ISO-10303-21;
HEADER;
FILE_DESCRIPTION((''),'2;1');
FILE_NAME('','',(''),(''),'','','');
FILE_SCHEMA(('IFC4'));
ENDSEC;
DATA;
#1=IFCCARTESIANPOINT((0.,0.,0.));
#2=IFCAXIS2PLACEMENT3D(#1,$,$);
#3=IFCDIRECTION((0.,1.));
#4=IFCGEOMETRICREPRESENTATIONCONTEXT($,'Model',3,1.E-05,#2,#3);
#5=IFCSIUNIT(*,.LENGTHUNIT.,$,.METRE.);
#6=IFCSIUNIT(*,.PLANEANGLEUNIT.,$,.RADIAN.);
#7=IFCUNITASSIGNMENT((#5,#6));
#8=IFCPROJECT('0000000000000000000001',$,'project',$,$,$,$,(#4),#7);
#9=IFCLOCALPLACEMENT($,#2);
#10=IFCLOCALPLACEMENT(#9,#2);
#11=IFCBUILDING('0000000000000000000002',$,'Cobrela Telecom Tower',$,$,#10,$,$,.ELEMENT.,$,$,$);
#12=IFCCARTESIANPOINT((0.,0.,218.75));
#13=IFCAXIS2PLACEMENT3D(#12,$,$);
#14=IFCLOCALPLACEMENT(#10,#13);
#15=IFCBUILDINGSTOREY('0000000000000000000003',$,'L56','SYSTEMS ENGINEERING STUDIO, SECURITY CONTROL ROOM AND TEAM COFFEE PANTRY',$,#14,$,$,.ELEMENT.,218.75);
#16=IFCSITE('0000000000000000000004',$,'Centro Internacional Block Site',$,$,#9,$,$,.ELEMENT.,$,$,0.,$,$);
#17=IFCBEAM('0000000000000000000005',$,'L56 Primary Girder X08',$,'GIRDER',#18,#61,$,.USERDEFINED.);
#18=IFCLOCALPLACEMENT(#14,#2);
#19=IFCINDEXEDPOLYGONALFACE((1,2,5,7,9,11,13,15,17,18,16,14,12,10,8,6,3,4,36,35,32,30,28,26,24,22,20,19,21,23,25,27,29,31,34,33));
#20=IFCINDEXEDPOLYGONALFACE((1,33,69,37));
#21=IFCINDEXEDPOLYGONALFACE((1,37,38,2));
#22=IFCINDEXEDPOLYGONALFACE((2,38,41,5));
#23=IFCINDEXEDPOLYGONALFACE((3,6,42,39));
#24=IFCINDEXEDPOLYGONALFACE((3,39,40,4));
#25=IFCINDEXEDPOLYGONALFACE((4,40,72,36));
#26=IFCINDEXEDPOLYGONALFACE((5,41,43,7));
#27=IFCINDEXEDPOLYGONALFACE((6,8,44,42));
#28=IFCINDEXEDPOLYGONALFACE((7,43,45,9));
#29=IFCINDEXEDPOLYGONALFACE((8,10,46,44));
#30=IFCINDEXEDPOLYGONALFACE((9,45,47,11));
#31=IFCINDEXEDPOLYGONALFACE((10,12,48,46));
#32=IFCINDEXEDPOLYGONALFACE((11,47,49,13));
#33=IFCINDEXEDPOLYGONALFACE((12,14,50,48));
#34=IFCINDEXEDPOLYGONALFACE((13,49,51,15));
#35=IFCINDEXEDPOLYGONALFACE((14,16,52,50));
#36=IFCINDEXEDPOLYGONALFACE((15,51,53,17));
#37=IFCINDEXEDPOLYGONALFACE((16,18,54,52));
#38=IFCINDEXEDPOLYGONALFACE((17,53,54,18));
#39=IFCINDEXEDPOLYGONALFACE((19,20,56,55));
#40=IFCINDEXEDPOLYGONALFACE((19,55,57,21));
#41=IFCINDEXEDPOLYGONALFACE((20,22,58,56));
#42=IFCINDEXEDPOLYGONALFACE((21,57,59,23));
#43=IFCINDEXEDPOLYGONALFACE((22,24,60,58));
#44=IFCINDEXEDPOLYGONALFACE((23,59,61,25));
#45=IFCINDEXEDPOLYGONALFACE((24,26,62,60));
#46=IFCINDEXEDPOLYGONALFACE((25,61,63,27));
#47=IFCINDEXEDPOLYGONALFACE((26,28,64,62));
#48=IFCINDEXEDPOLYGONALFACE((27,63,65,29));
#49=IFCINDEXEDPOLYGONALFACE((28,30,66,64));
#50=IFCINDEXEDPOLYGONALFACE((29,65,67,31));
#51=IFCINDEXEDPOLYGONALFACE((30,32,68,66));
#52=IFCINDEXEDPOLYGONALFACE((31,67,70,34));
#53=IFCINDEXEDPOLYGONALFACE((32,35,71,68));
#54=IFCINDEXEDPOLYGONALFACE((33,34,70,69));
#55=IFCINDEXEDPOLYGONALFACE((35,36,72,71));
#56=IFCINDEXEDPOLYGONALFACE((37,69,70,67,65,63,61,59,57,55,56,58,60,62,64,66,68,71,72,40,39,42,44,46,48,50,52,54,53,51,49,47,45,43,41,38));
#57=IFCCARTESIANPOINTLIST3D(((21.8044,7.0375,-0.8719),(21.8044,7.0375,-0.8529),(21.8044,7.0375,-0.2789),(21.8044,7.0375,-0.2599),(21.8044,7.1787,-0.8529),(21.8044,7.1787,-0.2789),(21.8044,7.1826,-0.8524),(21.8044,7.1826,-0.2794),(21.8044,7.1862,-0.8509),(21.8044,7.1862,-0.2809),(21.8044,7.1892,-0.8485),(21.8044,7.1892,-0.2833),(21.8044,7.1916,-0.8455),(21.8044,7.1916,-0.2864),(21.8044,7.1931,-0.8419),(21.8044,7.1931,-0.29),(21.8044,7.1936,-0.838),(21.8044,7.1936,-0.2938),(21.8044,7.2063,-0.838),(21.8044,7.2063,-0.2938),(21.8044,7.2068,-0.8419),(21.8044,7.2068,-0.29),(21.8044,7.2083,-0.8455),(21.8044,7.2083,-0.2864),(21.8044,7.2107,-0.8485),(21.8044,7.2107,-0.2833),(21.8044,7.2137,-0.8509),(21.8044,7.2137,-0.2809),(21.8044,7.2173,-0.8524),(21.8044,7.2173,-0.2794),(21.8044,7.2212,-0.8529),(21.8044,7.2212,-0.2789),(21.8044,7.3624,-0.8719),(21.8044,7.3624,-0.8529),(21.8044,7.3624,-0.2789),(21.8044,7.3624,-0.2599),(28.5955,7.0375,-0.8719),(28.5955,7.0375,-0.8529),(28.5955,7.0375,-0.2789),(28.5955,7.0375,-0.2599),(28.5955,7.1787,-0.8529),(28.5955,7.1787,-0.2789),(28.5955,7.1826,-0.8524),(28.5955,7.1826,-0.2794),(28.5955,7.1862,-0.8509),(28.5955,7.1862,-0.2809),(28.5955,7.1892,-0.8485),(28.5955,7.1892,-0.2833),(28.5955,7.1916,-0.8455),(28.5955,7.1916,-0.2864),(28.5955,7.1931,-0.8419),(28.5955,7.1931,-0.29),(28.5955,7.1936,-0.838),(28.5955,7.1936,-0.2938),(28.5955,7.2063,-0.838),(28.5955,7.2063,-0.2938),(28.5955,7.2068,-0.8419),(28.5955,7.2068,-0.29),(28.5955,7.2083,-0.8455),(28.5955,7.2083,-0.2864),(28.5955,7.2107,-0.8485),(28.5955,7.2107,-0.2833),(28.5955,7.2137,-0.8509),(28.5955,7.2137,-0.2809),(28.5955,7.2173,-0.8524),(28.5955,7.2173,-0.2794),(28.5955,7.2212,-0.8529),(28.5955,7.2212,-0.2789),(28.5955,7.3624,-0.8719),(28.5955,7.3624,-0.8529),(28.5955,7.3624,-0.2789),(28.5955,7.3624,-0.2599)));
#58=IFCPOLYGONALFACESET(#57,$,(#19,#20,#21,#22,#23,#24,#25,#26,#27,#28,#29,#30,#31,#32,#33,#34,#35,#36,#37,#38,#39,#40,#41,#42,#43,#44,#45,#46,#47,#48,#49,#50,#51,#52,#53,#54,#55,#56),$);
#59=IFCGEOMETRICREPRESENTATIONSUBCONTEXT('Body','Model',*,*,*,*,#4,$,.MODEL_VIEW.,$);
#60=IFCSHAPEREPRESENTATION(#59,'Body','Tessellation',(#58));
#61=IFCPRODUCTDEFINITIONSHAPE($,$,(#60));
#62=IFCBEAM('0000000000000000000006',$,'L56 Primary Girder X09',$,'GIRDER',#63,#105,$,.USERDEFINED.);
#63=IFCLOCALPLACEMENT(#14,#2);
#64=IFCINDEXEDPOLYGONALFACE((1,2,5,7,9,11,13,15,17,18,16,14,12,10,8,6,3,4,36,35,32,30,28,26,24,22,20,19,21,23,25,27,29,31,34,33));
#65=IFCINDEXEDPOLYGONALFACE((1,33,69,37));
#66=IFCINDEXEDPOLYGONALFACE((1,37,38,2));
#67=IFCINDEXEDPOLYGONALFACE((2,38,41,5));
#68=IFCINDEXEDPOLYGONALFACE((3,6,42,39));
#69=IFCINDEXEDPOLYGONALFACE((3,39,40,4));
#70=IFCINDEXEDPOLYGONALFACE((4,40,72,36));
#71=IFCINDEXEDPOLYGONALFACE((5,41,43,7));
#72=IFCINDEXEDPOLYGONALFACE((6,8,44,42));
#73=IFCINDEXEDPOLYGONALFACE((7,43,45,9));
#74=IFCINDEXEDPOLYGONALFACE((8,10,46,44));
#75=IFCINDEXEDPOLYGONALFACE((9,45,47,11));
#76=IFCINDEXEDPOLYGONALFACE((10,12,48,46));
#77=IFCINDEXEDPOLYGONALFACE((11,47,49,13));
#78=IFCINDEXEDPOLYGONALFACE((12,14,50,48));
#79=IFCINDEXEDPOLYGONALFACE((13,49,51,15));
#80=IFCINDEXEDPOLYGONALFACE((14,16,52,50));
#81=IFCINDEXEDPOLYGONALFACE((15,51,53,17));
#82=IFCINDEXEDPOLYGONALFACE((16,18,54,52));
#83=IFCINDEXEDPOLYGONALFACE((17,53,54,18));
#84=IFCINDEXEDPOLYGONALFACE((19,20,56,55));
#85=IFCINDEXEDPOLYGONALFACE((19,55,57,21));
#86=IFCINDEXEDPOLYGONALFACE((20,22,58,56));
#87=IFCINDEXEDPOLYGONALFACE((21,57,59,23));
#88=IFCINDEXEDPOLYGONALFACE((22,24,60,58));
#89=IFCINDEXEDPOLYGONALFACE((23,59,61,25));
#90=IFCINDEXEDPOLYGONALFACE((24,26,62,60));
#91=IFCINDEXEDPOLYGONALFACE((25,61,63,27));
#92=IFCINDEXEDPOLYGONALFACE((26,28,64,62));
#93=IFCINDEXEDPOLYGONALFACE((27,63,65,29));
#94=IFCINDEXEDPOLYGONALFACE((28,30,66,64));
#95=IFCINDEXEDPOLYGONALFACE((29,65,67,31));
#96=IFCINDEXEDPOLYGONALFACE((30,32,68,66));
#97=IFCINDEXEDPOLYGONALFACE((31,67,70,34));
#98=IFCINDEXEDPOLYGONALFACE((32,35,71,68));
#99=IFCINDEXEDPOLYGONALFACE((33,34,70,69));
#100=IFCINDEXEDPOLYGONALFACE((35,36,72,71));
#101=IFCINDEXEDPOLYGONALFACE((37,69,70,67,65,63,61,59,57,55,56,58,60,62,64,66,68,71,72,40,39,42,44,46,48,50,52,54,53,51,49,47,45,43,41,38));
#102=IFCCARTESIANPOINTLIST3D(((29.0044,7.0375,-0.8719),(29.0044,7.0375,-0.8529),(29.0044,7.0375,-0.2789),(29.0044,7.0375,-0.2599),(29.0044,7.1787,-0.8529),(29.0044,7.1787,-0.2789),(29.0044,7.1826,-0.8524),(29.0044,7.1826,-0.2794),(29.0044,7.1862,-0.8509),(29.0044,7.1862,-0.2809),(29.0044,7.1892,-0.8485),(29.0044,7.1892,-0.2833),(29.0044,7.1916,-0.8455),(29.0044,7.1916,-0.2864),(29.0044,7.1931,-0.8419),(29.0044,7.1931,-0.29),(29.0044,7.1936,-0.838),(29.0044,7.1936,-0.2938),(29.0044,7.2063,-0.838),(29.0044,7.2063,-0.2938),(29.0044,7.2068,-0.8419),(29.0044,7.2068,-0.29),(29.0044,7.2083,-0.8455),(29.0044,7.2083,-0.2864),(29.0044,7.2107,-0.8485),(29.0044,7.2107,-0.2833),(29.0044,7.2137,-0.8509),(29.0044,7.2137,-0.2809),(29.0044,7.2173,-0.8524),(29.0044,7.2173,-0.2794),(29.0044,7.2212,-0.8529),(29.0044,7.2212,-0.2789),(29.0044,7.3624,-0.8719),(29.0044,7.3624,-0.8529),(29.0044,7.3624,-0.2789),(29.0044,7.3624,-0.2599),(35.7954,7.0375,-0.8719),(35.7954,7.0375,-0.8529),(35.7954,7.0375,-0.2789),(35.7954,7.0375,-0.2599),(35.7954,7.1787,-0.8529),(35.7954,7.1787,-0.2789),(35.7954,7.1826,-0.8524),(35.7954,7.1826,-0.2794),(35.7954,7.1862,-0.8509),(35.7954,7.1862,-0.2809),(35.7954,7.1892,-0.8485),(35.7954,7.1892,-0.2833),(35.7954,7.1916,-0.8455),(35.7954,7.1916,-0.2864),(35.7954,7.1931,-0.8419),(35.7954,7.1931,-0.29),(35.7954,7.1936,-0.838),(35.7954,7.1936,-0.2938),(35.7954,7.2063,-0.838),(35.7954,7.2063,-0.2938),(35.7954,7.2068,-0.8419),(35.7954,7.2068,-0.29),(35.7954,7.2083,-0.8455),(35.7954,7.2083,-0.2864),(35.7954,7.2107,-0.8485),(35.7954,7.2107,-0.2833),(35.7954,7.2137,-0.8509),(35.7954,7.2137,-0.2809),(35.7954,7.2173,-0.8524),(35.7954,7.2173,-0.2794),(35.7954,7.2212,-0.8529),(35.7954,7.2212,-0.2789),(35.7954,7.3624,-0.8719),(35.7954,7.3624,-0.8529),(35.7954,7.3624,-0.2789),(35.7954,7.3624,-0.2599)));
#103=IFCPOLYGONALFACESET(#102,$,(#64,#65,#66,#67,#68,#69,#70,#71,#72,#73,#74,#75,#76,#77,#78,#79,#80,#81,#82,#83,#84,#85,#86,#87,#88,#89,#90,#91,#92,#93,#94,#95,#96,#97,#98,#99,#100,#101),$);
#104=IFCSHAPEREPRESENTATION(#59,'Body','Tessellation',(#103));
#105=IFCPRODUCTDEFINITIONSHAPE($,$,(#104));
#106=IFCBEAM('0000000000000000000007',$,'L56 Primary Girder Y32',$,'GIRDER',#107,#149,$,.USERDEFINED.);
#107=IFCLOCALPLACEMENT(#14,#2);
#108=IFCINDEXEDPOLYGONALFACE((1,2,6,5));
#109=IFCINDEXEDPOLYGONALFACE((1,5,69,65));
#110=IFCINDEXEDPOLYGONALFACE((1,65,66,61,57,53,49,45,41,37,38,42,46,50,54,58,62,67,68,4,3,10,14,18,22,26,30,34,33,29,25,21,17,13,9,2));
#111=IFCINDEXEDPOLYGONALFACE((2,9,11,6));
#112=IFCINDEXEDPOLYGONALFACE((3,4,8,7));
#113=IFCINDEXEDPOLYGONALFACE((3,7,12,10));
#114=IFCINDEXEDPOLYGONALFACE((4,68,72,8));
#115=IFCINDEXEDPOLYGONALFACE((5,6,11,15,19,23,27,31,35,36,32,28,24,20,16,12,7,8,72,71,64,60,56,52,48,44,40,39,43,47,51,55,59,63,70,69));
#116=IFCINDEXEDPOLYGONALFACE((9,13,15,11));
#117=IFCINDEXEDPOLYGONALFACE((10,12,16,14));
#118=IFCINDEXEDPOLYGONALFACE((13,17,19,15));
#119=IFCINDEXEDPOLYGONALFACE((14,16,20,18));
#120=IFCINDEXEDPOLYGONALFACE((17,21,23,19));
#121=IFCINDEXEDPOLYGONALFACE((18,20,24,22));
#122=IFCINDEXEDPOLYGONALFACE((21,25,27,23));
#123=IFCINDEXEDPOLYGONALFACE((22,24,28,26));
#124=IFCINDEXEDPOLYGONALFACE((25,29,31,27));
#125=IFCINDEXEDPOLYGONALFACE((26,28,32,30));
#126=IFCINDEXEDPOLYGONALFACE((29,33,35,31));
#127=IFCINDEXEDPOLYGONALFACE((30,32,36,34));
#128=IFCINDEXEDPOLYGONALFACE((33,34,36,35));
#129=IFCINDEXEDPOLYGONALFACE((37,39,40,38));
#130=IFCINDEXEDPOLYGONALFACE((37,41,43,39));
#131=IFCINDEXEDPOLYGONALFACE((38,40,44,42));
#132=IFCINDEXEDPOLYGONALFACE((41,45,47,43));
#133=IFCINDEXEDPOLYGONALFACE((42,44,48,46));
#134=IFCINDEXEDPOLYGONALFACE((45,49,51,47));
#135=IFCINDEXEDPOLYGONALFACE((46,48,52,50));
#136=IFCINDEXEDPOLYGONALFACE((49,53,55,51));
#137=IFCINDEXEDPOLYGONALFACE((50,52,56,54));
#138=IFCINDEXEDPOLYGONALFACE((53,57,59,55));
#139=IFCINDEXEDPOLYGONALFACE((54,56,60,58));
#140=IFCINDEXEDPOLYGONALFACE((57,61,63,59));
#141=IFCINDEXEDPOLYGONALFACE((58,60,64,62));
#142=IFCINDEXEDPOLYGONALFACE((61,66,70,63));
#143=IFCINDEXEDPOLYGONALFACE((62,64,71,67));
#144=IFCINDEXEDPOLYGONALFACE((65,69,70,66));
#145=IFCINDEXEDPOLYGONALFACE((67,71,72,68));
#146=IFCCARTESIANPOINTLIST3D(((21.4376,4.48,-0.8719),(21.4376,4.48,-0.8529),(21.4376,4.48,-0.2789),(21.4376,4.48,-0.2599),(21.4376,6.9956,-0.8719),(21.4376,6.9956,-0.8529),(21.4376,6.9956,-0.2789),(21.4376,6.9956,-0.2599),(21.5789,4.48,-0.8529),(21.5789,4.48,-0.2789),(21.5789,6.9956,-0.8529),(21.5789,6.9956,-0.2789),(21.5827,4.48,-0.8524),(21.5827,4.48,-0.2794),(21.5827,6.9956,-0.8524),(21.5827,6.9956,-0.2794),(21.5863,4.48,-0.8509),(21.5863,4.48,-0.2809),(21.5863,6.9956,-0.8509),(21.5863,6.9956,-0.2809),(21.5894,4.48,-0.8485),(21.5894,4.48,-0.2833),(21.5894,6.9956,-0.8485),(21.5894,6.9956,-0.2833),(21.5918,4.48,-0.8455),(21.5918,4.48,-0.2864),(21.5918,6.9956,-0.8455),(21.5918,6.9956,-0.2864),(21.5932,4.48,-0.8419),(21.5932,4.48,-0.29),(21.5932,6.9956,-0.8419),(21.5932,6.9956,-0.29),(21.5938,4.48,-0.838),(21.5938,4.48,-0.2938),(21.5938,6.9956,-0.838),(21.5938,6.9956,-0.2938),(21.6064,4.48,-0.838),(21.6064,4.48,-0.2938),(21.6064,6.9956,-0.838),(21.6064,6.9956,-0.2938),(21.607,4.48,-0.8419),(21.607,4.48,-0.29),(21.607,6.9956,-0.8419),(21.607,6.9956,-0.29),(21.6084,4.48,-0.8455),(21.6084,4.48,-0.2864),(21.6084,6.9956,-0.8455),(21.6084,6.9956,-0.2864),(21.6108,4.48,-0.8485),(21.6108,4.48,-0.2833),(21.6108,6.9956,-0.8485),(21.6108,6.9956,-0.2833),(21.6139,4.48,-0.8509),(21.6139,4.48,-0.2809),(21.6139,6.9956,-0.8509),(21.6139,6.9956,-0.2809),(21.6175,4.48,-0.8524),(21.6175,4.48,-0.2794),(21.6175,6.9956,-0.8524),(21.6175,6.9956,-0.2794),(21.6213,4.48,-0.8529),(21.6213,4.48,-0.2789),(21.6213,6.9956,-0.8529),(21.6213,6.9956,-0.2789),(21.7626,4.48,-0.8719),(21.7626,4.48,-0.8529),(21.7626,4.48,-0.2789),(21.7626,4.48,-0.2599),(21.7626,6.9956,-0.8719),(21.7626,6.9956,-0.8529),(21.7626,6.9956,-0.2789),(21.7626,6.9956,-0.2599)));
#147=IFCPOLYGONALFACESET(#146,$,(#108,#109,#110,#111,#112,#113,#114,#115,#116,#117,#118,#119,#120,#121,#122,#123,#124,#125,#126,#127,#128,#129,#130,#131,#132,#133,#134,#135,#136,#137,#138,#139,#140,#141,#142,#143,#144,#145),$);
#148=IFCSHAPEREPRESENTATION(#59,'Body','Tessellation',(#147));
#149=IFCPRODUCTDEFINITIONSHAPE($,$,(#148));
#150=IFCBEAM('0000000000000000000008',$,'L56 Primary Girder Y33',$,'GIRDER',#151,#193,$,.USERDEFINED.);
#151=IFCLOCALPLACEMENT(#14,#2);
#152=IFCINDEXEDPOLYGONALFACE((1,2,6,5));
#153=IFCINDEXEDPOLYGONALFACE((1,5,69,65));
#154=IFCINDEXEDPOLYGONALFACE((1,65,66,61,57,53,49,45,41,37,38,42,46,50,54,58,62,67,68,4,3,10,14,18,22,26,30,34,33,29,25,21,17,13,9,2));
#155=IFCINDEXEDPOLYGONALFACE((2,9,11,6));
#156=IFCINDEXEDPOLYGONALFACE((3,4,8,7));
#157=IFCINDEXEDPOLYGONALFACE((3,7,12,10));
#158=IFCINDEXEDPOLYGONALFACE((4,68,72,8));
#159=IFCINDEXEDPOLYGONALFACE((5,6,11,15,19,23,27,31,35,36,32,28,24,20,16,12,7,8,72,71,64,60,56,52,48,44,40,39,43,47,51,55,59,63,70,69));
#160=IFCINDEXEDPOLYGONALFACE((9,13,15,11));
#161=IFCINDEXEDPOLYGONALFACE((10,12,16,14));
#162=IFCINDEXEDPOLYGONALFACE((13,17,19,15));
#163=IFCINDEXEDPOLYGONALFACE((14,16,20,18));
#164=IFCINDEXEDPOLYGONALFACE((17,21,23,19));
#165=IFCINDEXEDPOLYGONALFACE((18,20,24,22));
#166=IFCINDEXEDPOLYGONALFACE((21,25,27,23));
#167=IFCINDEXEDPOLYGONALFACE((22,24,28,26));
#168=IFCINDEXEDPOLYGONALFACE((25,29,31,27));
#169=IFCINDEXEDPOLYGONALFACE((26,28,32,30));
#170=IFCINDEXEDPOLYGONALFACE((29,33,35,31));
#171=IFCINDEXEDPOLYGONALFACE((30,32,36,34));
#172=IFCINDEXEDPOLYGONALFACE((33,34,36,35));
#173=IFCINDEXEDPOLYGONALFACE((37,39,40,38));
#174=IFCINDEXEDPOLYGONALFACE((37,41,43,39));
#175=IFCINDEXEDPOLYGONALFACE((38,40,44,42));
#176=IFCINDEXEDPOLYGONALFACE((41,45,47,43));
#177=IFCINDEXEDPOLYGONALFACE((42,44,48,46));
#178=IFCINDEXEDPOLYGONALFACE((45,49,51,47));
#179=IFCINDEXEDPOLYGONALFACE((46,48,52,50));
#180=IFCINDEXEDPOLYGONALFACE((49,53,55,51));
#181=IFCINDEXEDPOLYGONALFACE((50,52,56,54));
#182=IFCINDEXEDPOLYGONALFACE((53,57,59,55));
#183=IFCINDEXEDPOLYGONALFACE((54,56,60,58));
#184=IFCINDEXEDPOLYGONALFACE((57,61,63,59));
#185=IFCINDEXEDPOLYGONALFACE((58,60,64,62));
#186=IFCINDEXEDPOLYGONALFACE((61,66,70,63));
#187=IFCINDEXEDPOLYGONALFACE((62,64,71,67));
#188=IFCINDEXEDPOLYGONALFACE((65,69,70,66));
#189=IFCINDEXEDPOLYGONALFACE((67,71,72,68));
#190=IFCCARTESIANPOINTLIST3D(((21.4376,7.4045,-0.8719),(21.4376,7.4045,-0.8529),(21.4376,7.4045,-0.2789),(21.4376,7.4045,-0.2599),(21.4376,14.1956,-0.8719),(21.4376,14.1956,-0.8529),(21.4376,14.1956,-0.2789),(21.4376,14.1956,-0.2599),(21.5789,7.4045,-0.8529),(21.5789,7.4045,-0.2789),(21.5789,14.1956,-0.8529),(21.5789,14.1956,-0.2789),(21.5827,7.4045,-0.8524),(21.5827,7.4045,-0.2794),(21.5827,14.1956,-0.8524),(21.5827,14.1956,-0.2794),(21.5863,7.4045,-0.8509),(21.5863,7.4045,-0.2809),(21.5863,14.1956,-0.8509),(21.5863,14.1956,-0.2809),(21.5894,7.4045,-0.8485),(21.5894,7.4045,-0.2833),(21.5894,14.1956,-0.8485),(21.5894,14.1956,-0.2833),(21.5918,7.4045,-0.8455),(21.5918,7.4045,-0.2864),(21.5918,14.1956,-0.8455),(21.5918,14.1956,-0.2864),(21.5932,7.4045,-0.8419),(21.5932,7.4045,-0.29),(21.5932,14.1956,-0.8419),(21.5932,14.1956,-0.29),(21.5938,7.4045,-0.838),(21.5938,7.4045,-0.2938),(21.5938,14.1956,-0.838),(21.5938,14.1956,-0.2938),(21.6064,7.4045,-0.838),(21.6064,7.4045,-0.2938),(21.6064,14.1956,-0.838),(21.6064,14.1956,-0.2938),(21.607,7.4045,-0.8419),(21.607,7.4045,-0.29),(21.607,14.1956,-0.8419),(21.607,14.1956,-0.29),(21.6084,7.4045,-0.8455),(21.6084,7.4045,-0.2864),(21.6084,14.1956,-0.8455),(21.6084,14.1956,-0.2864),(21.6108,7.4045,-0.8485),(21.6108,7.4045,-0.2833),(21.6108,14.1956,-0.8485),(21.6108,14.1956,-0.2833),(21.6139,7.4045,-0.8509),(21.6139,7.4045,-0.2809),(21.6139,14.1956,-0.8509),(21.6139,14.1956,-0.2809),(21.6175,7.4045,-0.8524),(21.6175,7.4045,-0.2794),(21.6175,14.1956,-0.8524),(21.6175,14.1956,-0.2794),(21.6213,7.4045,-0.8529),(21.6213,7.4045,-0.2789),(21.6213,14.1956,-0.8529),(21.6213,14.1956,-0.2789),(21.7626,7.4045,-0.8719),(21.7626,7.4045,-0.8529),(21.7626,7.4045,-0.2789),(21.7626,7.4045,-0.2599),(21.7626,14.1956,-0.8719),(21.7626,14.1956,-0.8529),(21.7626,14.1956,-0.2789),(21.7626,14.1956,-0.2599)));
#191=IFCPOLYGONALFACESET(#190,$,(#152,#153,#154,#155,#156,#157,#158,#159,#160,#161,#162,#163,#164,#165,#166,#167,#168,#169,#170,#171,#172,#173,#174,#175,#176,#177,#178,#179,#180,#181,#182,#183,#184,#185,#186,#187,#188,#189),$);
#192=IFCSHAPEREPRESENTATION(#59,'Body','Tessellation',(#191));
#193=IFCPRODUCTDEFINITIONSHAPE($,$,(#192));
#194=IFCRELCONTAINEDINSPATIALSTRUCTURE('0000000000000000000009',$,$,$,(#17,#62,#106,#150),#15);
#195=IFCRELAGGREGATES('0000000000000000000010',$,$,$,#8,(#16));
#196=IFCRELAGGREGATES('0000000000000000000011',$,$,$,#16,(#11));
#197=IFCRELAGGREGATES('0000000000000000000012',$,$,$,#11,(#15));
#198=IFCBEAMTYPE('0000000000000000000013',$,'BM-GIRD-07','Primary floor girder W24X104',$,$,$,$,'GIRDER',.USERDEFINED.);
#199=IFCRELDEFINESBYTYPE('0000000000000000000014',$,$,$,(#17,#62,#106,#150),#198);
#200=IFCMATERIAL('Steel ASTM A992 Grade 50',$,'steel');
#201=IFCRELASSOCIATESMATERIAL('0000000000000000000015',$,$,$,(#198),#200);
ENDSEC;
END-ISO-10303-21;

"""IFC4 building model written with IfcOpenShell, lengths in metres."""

from ifc_helpers import new_model, si_unit, direction, frame, origin, origin_2d, place, context, subcontext, project, spatial, i_section, extrude, material, material_profile, profile_set, type_object, element, save


model = new_model("IFC4")

# Units and contexts
model_context = context("Model", 3, precision=1e-05, world=origin(), true_north=direction((0.0, 1.0)))
body_context = subcontext(model_context, "Body", "Model", "MODEL_VIEW")
ifc_project = project(units=[si_unit("LENGTHUNIT", "METRE"), si_unit("PLANEANGLEUNIT", "RADIAN")], contexts=[model_context])

# Site, building, storey
site_placement = place(None, origin())
site = spatial("IfcSite", under=ifc_project, at=site_placement, Name="Centro Internacional Block Site", CompositionType="ELEMENT", RefElevation=0.0)
building_placement = place(site_placement, origin())
building = spatial("IfcBuilding", under=site, at=building_placement, Name="Cobrela Telecom Tower", CompositionType="ELEMENT")
storey_placement = place(building_placement, frame((0.0, 0.0, 218.75)))
storey = spatial("IfcBuildingStorey", under=building, at=storey_placement, Name="L56", Description="SYSTEMS ENGINEERING STUDIO, SECURITY CONTROL ROOM AND TEAM COFFEE PANTRY", CompositionType="ELEMENT", Elevation=218.75)

# Shared definitions
ifc_material_1 = material(Name="Steel ASTM A992 Grade 50", Category="steel")

# Beams
ifc_material_profile_1 = material_profile(ifc_material_1, i_section(OverallWidth=0.325, OverallDepth=0.6121, WebThickness=0.0127, FlangeThickness=0.019, FilletRadius=0.0149, at=origin_2d()), Name="W24X104")
ifc_profile_set_1 = profile_set([ifc_material_profile_1], Name="Steel ASTM A992 Grade 50")
beam_type_1 = type_object("IfcBeamType", Name="BM-GIRD-07", Description="Primary floor girder W24X104", ElementType="GIRDER", PredefinedType="USERDEFINED", material=ifc_profile_set_1)
for number, where, z_axis, x_axis, name in (
    (1, (21.8044, 7.2, -0.5659), (1.0, 0.0, 0.0), (0.0, 1.0, 0.0), "L56 Primary Girder X08"),
    (2, (29.0044, 7.2, -0.5659), (1.0, 0.0, 0.0), (0.0, 1.0, 0.0), "L56 Primary Girder X09"),
):
    element("IfcBeam", number, at=place(storey_placement, frame(where, z_axis=z_axis, x_axis=x_axis)), inside=storey, type_object=beam_type_1, Name=name, ObjectType="GIRDER", PredefinedType="USERDEFINED", context=body_context, shape_type="SweptSolid", body=[
        extrude(i_section(OverallWidth=0.325, OverallDepth=0.6121, WebThickness=0.0127, FlangeThickness=0.019, FilletRadius=0.0149, at=origin_2d()), origin(), (0.0, 0.0, 1.0), 6.791),
    ])
beam_1_placement = place(storey_placement, frame((21.6001, 4.48, -0.5659), z_axis=(0.0, 1.0, 0.0), x_axis=(-1.0, 0.0, 0.0)))
element("IfcBeam", 3, at=beam_1_placement, inside=storey, type_object=beam_type_1, Name="L56 Primary Girder Y32", ObjectType="GIRDER", PredefinedType="USERDEFINED", context=body_context, shape_type="SweptSolid", body=[
    extrude(i_section(OverallWidth=0.325, OverallDepth=0.6121, WebThickness=0.0127, FlangeThickness=0.019, FilletRadius=0.0149, at=origin_2d()), origin(), (0.0, 0.0, 1.0), 2.5156),
])
beam_2_placement = place(storey_placement, frame((21.6001, 7.4045, -0.5659), z_axis=(0.0, 1.0, 0.0), x_axis=(-1.0, 0.0, 0.0)))
element("IfcBeam", 4, at=beam_2_placement, inside=storey, type_object=beam_type_1, Name="L56 Primary Girder Y33", ObjectType="GIRDER", PredefinedType="USERDEFINED", context=body_context, shape_type="SweptSolid", body=[
    extrude(i_section(OverallWidth=0.325, OverallDepth=0.6121, WebThickness=0.0127, FlangeThickness=0.019, FilletRadius=0.0149, at=origin_2d()), origin(), (0.0, 0.0, 1.0), 6.791),
])

save(model, "model.ifc")
